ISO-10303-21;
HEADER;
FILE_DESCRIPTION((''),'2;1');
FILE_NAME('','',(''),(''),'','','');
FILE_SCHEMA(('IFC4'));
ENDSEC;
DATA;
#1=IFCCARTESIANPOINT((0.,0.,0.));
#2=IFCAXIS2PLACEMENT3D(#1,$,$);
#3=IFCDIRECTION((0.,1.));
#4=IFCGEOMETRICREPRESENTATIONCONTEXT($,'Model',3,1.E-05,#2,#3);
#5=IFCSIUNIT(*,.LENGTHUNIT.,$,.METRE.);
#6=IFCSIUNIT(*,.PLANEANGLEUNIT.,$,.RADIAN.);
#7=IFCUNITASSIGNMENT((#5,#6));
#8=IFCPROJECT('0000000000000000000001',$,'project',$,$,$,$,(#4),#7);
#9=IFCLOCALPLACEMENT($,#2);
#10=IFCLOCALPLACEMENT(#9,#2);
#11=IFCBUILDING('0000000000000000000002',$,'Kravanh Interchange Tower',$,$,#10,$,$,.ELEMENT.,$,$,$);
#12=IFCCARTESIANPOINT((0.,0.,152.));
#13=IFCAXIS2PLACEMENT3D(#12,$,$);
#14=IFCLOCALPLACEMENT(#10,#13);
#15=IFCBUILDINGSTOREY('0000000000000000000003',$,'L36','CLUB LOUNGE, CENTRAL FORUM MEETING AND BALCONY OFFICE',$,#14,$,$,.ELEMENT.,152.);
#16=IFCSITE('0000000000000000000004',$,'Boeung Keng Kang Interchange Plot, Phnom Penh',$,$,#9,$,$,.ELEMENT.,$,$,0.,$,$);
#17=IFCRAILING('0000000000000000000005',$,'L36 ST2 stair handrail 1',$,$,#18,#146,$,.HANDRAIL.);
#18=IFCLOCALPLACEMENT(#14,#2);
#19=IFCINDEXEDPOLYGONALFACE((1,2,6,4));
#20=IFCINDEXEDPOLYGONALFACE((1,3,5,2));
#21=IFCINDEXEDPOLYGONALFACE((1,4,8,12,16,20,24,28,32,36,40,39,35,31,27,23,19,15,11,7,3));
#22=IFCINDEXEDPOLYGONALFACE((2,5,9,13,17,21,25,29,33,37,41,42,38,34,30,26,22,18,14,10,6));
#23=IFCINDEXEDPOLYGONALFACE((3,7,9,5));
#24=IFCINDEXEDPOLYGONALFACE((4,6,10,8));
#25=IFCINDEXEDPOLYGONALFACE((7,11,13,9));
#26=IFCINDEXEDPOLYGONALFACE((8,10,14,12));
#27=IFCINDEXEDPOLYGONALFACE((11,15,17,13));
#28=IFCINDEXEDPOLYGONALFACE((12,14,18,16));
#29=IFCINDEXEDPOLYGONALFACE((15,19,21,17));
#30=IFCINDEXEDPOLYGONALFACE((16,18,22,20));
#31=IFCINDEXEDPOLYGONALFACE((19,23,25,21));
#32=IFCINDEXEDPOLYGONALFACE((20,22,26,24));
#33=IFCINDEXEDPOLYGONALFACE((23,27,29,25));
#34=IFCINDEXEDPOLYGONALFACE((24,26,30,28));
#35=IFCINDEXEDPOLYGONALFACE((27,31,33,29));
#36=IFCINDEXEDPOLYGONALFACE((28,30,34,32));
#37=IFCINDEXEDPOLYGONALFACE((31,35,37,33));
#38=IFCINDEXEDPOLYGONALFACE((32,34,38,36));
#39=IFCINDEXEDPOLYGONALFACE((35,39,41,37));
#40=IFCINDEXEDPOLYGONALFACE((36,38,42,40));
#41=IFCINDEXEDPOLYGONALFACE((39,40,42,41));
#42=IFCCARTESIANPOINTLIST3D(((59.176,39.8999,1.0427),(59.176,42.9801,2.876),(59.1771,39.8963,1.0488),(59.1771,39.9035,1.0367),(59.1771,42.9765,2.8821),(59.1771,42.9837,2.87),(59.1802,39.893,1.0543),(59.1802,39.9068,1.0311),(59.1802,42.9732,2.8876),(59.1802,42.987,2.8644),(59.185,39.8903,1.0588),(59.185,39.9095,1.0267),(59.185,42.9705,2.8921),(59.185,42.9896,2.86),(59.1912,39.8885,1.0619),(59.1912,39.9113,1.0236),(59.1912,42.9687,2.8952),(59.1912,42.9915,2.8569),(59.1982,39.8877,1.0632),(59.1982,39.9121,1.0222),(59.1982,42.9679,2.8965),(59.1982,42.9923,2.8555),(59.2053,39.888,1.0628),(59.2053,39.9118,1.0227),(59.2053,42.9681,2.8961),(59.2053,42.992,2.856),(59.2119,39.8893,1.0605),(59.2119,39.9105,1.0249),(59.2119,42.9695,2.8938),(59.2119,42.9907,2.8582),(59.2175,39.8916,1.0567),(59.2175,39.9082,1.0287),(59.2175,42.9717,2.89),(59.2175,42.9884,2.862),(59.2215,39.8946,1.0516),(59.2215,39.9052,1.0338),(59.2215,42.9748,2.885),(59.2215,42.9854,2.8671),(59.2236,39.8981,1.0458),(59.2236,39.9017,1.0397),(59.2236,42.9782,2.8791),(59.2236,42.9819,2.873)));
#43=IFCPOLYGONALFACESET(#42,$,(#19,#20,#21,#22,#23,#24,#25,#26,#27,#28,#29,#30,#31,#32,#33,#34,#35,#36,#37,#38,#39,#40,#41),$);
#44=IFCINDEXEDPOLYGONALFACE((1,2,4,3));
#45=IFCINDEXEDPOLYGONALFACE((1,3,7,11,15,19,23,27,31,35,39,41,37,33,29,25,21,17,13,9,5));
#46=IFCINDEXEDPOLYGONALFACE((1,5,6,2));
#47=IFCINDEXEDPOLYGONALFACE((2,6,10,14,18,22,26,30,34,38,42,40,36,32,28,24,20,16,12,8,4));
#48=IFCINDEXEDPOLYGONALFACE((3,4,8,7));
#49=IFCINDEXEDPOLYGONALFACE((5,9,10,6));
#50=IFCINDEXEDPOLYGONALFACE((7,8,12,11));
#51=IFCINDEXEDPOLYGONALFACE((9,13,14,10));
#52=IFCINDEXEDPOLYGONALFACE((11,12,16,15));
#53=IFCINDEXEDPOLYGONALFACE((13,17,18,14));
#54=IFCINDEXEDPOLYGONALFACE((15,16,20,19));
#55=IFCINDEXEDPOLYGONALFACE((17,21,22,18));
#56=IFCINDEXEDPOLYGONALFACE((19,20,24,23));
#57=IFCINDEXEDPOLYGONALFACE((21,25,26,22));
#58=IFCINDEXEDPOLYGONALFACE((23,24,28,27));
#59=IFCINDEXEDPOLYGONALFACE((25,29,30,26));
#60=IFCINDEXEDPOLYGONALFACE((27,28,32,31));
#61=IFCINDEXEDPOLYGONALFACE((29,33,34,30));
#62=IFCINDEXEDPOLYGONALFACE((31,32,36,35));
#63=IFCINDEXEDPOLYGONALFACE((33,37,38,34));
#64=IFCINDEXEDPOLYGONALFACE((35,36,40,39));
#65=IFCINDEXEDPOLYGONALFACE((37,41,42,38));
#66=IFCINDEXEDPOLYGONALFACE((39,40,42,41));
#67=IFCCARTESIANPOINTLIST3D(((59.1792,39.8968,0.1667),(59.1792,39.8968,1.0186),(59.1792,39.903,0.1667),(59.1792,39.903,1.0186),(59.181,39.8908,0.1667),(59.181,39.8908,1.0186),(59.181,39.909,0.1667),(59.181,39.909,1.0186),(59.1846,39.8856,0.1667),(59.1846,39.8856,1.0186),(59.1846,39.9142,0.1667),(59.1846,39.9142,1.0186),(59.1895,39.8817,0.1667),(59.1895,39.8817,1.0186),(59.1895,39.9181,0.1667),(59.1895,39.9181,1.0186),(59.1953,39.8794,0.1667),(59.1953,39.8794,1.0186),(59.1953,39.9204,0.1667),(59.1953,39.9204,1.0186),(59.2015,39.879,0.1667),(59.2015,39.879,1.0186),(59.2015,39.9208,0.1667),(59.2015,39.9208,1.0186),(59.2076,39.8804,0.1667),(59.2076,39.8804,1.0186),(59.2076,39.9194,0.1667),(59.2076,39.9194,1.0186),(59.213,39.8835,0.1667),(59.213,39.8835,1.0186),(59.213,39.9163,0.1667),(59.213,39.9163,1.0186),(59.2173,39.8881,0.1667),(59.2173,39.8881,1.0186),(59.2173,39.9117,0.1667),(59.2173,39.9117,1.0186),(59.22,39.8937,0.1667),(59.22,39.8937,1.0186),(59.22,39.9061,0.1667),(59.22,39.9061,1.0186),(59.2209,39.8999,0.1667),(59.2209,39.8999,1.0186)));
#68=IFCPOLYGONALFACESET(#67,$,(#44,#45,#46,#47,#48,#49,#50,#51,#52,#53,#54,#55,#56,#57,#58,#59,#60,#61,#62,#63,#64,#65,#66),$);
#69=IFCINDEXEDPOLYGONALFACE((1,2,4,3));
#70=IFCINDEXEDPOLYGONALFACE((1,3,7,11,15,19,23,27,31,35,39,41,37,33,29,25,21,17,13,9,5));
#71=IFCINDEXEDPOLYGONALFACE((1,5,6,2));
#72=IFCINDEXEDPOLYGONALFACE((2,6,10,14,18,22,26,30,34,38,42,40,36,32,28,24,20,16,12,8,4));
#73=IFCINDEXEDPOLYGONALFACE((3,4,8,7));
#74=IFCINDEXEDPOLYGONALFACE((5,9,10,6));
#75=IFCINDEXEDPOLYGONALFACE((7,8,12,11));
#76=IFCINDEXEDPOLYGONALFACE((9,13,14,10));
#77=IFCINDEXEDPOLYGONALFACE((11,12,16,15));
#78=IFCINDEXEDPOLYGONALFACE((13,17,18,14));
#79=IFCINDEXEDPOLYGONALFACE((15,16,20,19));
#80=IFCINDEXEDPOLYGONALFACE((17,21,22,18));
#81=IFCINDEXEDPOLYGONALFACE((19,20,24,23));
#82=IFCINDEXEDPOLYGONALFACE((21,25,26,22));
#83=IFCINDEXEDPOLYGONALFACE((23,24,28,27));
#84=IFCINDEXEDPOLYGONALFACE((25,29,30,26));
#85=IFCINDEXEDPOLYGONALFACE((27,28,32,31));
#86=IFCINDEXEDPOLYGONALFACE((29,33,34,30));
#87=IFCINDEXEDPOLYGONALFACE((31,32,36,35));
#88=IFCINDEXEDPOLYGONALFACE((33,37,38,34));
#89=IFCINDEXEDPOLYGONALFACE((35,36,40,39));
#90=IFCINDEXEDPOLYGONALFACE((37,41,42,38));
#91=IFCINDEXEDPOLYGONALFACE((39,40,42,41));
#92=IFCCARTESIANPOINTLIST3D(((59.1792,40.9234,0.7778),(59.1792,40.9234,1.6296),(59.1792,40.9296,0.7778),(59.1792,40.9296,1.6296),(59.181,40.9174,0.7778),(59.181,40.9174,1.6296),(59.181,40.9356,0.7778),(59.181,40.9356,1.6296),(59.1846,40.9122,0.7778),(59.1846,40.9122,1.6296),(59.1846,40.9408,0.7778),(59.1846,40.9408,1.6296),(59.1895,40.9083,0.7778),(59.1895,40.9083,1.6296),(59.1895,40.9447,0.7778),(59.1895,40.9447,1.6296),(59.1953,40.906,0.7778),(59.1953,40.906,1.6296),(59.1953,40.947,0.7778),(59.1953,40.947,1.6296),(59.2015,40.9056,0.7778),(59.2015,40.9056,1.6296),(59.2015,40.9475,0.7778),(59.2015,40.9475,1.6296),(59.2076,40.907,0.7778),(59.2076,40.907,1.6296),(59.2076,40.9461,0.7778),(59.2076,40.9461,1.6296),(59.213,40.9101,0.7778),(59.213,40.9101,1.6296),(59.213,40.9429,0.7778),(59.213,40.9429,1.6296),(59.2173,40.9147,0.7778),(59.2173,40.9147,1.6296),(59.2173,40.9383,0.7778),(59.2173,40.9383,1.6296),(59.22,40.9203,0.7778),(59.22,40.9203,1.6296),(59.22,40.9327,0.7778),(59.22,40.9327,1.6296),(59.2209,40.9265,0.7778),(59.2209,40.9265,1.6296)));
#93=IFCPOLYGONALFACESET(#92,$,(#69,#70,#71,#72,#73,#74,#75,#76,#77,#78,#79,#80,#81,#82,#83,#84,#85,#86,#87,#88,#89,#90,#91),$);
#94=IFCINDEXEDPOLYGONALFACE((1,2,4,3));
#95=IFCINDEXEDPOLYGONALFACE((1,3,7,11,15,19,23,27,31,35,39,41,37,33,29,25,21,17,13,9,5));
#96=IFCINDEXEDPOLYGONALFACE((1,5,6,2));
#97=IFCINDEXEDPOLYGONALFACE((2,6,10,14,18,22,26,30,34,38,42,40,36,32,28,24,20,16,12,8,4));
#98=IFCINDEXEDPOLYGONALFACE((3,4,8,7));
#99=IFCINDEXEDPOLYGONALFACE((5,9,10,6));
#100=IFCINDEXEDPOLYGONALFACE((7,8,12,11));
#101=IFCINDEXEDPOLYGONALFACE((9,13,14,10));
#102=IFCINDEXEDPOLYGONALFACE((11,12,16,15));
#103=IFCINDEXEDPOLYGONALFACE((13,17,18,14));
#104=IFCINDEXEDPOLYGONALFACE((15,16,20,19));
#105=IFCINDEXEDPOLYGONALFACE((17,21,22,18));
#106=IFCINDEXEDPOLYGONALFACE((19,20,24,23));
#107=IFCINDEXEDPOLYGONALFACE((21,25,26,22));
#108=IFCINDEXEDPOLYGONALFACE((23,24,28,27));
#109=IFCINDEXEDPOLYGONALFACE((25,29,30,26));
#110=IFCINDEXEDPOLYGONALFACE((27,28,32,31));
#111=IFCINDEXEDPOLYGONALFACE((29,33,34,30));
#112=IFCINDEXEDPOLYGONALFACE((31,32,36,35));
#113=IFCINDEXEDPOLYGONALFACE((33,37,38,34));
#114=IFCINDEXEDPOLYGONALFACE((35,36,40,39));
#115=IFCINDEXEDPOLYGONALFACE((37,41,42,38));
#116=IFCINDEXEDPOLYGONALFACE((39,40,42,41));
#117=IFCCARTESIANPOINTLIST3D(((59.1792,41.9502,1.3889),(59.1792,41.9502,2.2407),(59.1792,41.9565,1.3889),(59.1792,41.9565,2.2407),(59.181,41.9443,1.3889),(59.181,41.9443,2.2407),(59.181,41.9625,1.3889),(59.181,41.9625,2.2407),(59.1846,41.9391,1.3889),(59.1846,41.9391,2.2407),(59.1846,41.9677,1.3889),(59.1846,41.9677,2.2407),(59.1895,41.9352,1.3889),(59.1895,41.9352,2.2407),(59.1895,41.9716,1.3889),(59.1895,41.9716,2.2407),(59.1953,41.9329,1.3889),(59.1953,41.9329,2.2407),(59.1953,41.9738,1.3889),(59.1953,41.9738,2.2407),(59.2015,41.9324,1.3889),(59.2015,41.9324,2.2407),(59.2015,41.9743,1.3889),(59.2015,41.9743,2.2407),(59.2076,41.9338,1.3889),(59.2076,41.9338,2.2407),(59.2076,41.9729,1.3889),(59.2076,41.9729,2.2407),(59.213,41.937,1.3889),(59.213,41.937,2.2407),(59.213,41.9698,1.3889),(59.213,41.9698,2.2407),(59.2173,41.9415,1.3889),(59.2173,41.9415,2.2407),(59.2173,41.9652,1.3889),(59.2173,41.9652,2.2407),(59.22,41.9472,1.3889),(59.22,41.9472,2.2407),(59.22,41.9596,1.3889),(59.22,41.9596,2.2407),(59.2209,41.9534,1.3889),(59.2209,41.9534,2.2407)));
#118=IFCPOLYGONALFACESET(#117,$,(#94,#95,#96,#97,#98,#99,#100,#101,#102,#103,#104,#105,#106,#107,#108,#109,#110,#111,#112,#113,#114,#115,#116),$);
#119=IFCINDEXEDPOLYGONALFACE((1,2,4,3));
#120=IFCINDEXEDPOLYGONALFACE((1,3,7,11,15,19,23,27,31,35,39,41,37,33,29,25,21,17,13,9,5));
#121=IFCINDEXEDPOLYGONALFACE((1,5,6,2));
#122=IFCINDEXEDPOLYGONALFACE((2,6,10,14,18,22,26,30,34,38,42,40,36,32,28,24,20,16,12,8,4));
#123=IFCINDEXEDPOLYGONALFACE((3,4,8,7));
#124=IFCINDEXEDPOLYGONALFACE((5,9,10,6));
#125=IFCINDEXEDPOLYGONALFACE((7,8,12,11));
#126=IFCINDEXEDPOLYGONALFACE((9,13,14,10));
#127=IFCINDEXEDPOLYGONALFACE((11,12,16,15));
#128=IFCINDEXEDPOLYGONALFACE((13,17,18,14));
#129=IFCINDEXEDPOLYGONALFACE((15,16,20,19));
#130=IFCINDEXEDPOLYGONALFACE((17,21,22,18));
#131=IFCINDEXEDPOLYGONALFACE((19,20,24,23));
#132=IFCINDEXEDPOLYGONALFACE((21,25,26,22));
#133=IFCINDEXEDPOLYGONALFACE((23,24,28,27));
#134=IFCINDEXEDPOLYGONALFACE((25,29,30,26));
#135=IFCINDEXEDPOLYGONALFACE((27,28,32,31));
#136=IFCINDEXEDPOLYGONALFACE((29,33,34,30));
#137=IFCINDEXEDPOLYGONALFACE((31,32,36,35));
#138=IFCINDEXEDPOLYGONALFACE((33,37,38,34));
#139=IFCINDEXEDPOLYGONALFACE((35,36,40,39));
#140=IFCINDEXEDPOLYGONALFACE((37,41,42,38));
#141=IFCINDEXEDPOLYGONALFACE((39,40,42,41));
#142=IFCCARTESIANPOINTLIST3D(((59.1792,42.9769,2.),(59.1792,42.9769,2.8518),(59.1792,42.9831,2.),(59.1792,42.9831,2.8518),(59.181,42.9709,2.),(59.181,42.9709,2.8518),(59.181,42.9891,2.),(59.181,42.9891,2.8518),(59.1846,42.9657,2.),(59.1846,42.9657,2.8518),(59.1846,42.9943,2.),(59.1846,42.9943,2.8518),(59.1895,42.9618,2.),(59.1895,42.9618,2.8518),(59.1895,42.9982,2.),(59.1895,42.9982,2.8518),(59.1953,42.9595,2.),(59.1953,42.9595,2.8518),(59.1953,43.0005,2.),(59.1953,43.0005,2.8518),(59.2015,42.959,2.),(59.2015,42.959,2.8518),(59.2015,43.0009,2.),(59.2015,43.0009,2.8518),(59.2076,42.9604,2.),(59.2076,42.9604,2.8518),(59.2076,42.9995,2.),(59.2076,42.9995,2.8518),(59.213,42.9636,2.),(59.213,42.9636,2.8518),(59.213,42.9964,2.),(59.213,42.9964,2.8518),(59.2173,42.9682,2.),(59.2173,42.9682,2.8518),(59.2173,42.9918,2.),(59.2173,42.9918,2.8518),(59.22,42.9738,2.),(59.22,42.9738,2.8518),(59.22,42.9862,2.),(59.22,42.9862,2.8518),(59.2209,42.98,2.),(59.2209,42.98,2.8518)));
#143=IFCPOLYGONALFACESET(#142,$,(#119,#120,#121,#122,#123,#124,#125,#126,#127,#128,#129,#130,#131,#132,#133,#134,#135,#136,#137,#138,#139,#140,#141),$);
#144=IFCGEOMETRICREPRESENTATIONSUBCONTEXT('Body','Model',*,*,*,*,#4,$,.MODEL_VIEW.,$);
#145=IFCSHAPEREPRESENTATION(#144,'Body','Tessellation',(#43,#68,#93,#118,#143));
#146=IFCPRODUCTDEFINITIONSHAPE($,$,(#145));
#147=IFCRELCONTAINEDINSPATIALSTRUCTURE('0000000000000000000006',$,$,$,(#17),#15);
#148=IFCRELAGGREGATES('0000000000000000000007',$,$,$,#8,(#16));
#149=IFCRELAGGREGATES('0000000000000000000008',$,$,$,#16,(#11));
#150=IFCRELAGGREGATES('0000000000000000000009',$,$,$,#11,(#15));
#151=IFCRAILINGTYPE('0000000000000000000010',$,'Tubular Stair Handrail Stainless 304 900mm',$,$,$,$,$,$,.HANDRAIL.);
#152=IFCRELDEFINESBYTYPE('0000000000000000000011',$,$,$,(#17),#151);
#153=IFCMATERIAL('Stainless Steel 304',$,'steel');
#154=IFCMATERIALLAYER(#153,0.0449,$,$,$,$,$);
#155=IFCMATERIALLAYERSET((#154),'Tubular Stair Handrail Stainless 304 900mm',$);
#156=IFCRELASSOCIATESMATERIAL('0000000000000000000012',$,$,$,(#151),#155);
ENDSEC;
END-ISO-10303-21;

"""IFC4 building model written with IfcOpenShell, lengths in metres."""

from ifc_helpers import new_model, si_unit, direction, frame, origin, origin_2d, place, context, subcontext, project, spatial, circle, extrude, material, layer, layer_set, type_object, element, save


model = new_model("IFC4")

# Units and contexts
model_context = context("Model", 3, precision=1e-05, world=origin(), true_north=direction((0.0, 1.0)))
body_context = subcontext(model_context, "Body", "Model", "MODEL_VIEW")
ifc_project = project(units=[si_unit("LENGTHUNIT", "METRE"), si_unit("PLANEANGLEUNIT", "RADIAN")], contexts=[model_context])

# Site, building, storey
site_placement = place(None, origin())
site = spatial("IfcSite", under=ifc_project, at=site_placement, Name="Boeung Keng Kang Interchange Plot, Phnom Penh", CompositionType="ELEMENT", RefElevation=0.0)
building_placement = place(site_placement, origin())
building = spatial("IfcBuilding", under=site, at=building_placement, Name="Kravanh Interchange Tower", CompositionType="ELEMENT")
storey_placement = place(building_placement, frame((0.0, 0.0, 152.0)))
storey = spatial("IfcBuildingStorey", under=building, at=storey_placement, Name="L36", Description="CLUB LOUNGE, CENTRAL FORUM MEETING AND BALCONY OFFICE", CompositionType="ELEMENT", Elevation=152.0)

# Railing
ifc_material_1 = material(Name="Stainless Steel 304", Category="steel")
ifc_layer_1 = layer(ifc_material_1, 0.0449)
ifc_layer_set_1 = layer_set([ifc_layer_1], Name="Tubular Stair Handrail Stainless 304 900mm")
railing_type_1 = type_object("IfcRailingType", Name="Tubular Stair Handrail Stainless 304 900mm", PredefinedType="HANDRAIL", material=ifc_layer_set_1)
railing_1_placement = place(storey_placement, frame((59.2, 39.8999, 0.1667)))
element("IfcRailing", 1, at=railing_1_placement, inside=storey, type_object=railing_type_1, Name="L36 ST2 stair handrail 1", PredefinedType="HANDRAIL", context=body_context, shape_type="SweptSolid", body=[
    extrude(circle(Radius=0.0239, at=origin_2d()), frame((0.0, 0.0, 0.876), z_axis=(0.0, 0.859309, 0.511458), x_axis=(-1.0, 0.0, 0.0)), (0.0, 0.0, 1.0), 3.5845),
    extrude(circle(Radius=0.021, at=origin_2d()), origin(), (0.0, 0.0, 1.0), 0.8518),
    extrude(circle(Radius=0.021, at=origin_2d()), frame((0.0, 1.0266, 0.6111)), (0.0, 0.0, 1.0), 0.8518),
    extrude(circle(Radius=0.021, at=origin_2d()), frame((0.0, 2.0535, 1.2222)), (0.0, 0.0, 1.0), 0.8518),
    extrude(circle(Radius=0.021, at=origin_2d()), frame((0.0, 3.0801, 1.8333)), (0.0, 0.0, 1.0), 0.8518),
])

save(model, "model.ifc")
